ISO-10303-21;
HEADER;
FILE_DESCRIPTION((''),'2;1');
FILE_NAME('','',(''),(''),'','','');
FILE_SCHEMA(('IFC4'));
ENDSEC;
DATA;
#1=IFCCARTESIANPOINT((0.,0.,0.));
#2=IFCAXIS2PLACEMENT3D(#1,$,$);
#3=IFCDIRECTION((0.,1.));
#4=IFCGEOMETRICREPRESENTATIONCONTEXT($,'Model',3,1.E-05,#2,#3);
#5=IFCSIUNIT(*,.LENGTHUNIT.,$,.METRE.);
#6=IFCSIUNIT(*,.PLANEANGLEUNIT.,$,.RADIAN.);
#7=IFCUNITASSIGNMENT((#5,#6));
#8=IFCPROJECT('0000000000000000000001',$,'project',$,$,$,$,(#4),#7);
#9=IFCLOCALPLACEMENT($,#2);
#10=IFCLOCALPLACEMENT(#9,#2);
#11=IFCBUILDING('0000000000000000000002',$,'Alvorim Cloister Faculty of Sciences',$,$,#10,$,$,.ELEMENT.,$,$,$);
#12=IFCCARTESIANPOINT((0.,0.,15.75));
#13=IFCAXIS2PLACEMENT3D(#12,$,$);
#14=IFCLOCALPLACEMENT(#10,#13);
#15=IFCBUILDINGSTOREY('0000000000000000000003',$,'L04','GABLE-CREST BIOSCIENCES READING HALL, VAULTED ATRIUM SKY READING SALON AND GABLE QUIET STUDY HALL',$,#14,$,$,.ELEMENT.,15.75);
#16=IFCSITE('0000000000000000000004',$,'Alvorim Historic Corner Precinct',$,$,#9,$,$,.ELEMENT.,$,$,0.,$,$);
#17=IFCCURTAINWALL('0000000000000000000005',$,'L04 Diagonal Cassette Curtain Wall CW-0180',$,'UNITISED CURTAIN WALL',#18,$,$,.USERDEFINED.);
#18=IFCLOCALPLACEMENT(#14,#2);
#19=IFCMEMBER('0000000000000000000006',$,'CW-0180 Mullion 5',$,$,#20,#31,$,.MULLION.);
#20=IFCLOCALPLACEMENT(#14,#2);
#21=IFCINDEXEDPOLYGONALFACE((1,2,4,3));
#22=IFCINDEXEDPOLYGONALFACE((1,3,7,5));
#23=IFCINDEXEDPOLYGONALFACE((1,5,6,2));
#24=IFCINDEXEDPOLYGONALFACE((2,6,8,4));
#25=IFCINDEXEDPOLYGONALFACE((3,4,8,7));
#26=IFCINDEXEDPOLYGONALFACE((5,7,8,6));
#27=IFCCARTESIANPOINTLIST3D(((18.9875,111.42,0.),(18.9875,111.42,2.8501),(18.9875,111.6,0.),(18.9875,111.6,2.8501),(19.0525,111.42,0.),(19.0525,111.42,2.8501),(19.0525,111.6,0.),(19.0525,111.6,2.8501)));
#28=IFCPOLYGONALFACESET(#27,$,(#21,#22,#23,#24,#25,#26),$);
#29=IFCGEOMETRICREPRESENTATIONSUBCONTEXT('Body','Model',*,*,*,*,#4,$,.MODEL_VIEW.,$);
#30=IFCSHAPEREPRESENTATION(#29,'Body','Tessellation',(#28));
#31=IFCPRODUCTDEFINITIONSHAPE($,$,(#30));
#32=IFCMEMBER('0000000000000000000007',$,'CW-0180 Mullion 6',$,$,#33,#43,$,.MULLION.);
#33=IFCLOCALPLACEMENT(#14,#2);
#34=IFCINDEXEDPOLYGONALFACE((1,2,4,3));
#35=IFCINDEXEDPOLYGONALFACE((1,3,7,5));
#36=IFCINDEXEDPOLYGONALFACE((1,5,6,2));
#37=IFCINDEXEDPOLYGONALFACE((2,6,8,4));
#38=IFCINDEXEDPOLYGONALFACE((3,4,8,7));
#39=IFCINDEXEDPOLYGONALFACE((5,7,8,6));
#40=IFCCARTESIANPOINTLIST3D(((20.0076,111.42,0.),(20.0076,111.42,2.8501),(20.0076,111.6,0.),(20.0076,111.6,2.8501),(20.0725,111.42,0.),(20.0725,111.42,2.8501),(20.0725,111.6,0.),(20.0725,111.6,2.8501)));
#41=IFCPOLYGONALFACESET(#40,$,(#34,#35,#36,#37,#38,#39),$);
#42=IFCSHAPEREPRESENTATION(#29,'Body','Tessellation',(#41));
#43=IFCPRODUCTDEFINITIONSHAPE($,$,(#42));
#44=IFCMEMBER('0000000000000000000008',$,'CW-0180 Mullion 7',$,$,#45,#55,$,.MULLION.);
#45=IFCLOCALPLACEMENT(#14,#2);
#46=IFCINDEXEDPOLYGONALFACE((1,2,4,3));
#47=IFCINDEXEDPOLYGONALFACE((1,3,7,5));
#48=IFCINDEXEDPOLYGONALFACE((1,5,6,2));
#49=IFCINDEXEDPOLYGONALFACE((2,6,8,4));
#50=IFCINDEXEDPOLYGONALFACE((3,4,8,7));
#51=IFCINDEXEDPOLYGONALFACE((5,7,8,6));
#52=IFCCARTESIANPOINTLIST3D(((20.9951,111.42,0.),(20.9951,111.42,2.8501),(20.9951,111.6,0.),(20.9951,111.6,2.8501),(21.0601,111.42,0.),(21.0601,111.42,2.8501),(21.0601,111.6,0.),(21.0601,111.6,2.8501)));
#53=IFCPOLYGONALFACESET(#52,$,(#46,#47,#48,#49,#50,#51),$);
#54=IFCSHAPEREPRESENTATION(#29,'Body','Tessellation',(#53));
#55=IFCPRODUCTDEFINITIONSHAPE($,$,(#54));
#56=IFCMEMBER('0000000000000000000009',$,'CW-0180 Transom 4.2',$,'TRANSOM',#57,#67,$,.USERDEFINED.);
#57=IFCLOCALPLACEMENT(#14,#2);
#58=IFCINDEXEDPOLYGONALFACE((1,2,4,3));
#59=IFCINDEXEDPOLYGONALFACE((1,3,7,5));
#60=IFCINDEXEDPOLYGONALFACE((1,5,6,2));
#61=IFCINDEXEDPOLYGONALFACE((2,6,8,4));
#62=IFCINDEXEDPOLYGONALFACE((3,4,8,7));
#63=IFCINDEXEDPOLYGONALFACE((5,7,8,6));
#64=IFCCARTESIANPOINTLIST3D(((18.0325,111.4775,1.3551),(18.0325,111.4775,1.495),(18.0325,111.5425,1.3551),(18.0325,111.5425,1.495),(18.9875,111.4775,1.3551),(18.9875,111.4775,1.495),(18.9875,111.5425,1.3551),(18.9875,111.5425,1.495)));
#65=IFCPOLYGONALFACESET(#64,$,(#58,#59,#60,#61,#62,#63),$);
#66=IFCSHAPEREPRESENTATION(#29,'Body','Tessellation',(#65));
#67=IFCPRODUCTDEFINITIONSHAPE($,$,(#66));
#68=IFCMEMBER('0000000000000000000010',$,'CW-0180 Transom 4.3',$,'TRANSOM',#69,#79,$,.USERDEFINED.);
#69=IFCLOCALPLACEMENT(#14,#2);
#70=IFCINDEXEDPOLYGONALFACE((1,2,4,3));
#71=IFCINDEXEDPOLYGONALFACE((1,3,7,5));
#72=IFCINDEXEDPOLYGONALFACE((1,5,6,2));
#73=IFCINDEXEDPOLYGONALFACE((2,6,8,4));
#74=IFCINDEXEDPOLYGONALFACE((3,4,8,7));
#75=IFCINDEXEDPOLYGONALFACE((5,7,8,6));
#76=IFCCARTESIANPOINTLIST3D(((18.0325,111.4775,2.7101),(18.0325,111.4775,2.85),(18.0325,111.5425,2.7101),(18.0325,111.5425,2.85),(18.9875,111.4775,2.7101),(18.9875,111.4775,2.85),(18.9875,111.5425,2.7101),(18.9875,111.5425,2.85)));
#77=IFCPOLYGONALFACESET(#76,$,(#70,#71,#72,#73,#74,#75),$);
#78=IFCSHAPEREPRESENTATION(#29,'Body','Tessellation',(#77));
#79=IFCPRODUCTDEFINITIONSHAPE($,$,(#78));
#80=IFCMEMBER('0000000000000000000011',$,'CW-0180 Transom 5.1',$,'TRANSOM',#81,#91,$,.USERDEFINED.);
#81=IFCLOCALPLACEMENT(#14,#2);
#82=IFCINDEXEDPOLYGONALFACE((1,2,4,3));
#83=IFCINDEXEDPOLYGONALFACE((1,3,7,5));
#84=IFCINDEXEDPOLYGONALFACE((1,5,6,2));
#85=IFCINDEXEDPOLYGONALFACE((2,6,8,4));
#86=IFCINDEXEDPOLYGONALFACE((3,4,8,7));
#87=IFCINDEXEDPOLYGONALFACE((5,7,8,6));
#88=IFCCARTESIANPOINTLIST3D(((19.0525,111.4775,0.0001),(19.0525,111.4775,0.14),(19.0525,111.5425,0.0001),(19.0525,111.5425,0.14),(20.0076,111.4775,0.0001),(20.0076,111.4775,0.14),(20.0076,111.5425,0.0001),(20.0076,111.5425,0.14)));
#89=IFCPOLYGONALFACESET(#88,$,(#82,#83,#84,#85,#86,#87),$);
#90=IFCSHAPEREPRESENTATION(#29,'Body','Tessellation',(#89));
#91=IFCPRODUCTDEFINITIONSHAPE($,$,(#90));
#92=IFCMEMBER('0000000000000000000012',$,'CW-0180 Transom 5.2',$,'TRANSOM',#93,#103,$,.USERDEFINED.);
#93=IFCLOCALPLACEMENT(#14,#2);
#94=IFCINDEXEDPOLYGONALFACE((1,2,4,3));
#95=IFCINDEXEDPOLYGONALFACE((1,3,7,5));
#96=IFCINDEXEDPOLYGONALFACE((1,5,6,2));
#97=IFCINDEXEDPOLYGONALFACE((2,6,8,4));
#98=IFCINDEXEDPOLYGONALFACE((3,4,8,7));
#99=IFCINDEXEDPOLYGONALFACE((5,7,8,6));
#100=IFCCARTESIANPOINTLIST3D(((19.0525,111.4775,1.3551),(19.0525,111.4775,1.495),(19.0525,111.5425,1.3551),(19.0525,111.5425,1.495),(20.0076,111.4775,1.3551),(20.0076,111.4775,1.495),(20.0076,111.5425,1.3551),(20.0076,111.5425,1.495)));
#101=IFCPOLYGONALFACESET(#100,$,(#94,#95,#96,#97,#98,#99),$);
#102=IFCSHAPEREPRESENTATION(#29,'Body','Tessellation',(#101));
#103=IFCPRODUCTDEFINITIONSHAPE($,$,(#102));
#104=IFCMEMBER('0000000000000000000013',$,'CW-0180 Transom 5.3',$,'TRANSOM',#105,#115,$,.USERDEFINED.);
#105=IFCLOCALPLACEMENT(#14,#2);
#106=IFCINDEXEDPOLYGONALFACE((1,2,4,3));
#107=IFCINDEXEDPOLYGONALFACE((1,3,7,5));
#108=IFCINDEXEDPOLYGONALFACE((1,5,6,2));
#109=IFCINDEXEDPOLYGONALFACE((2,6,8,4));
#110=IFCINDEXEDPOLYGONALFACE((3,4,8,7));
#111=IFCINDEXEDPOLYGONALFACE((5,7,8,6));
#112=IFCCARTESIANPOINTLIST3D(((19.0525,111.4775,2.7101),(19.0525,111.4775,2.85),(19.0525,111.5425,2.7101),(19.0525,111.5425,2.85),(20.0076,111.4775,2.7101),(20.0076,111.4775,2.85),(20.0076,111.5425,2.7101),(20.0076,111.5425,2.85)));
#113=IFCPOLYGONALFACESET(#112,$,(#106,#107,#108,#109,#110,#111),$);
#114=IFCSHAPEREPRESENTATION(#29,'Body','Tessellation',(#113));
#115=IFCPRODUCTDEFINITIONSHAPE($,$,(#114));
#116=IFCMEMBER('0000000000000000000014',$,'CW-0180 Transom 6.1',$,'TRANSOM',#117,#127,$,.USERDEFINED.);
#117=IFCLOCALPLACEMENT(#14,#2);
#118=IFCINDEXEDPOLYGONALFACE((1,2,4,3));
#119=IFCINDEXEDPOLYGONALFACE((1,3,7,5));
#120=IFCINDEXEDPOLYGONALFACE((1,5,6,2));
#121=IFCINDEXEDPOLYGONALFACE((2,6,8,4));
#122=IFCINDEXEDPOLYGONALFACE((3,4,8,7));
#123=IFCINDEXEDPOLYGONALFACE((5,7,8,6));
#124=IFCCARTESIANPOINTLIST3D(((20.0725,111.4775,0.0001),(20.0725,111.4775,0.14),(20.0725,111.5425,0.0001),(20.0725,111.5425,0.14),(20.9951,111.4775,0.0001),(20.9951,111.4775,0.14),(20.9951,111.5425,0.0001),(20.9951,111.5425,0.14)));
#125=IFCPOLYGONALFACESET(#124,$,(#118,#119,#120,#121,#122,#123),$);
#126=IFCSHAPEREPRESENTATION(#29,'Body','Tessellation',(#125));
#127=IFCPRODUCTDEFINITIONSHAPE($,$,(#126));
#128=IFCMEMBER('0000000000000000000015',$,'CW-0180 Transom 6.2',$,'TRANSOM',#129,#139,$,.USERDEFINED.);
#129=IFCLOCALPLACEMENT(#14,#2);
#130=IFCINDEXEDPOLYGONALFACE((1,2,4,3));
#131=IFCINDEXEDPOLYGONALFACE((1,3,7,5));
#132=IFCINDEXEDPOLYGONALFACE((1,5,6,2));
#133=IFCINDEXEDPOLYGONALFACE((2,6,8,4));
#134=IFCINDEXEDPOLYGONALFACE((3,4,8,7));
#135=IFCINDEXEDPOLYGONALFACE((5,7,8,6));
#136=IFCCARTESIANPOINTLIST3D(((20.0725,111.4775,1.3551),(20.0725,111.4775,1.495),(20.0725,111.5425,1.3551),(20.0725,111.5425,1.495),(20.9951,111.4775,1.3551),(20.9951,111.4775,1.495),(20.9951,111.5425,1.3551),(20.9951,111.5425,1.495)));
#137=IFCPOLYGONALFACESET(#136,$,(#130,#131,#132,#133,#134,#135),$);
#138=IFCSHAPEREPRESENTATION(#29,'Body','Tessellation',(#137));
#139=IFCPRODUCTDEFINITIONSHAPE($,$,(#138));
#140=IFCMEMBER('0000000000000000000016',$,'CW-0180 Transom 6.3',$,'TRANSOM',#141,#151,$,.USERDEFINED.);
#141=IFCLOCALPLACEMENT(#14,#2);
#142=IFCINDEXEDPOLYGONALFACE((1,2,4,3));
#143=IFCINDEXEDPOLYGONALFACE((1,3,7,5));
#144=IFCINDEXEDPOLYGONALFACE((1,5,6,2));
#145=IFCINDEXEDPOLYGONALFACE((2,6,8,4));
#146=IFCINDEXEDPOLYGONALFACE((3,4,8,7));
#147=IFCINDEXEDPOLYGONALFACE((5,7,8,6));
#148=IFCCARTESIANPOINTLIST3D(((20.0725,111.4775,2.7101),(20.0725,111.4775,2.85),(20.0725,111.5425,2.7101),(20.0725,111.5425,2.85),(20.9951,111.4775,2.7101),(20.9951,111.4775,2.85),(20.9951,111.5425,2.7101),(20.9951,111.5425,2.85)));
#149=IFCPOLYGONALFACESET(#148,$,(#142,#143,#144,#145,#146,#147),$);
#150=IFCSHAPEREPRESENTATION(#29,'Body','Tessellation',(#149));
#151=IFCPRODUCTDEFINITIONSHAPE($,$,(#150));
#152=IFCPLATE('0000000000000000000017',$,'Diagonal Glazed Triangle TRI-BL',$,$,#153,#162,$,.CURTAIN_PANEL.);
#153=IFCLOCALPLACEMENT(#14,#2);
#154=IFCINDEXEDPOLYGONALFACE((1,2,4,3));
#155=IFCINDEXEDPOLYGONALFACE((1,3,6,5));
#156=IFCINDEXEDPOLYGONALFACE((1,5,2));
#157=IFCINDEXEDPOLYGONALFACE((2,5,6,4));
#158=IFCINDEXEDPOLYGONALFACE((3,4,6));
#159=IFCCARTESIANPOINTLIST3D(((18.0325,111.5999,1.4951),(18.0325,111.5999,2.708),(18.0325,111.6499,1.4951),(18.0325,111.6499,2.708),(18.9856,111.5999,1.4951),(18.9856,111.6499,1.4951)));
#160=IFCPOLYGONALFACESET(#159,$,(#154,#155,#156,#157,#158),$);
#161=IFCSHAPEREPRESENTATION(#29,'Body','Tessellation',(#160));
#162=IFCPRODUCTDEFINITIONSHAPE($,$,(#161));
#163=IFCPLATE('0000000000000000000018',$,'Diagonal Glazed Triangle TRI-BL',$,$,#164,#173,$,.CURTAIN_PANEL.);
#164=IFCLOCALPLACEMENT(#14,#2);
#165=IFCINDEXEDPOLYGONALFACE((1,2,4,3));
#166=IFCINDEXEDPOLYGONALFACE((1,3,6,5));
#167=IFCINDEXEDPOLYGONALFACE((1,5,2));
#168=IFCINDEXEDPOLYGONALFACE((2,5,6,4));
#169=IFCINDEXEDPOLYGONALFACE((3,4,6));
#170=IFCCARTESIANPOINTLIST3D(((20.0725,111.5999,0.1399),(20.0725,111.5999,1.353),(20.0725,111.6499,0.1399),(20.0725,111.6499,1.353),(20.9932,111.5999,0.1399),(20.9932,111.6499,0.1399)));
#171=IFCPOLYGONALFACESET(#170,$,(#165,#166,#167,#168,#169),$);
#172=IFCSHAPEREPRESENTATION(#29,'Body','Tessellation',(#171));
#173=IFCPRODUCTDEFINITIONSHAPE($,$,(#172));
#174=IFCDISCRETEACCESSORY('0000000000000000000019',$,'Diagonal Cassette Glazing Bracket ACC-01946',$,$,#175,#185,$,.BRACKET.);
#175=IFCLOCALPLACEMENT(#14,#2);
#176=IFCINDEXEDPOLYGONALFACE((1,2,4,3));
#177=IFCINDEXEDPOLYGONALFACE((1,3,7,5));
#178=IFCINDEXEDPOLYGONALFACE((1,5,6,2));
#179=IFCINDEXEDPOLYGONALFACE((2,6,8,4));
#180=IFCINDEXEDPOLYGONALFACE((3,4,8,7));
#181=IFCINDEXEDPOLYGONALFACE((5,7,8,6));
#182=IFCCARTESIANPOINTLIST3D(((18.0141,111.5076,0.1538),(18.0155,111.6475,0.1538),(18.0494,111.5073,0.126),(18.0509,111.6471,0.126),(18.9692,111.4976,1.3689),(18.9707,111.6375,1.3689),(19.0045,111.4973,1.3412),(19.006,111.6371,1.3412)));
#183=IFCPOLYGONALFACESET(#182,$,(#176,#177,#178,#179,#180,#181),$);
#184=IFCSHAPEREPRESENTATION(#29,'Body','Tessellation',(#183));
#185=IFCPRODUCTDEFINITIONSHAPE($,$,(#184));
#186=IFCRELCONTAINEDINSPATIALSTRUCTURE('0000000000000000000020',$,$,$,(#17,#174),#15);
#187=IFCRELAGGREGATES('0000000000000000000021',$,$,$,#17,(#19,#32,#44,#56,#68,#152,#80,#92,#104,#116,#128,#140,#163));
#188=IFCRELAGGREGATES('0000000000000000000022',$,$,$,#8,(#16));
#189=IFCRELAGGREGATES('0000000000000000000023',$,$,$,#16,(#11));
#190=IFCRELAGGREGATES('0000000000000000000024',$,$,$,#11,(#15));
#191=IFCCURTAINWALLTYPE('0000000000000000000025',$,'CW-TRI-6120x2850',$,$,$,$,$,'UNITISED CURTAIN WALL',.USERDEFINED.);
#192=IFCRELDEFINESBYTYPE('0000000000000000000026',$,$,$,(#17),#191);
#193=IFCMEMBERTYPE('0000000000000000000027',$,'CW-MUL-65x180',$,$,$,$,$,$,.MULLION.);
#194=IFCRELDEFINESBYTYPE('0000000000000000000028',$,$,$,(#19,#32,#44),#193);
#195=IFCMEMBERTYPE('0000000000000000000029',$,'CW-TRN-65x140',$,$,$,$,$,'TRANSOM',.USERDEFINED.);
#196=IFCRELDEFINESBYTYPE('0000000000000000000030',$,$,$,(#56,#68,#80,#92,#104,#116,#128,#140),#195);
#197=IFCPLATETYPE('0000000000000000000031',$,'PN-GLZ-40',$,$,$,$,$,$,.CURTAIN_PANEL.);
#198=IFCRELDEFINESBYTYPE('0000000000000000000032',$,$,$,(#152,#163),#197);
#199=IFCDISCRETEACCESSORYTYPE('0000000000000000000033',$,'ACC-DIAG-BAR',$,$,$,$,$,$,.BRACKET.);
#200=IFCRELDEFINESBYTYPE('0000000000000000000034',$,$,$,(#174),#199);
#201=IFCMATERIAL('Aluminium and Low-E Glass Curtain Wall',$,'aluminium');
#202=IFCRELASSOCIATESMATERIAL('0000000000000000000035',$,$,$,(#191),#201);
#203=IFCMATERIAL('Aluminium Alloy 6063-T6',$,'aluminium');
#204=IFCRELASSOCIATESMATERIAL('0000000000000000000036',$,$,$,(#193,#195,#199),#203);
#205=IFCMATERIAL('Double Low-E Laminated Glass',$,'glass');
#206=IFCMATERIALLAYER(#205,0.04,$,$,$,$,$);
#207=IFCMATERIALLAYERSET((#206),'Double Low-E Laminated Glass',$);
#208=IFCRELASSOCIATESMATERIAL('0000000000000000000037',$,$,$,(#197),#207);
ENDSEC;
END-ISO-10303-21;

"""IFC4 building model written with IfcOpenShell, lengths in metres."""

from ifc_helpers import new_model, si_unit, direction, frame, origin, origin_2d, place, context, subcontext, project, spatial, polyline, rectangle, outline, extrude, material, layer, layer_set, material_profile, profile_set, type_object, element, aggregate, save


model = new_model("IFC4")

# Units and contexts
model_context = context("Model", 3, precision=1e-05, world=origin(), true_north=direction((0.0, 1.0)))
body_context = subcontext(model_context, "Body", "Model", "MODEL_VIEW")
ifc_project = project(units=[si_unit("LENGTHUNIT", "METRE"), si_unit("PLANEANGLEUNIT", "RADIAN")], contexts=[model_context])

# Site, building, storey
site_placement = place(None, origin())
site = spatial("IfcSite", under=ifc_project, at=site_placement, Name="Alvorim Historic Corner Precinct", CompositionType="ELEMENT", RefElevation=0.0)
building_placement = place(site_placement, origin())
building = spatial("IfcBuilding", under=site, at=building_placement, Name="Alvorim Cloister Faculty of Sciences", CompositionType="ELEMENT")
storey_placement = place(building_placement, frame((0.0, 0.0, 15.75)))
storey = spatial("IfcBuildingStorey", under=building, at=storey_placement, Name="L04", Description="GABLE-CREST BIOSCIENCES READING HALL, VAULTED ATRIUM SKY READING SALON AND GABLE QUIET STUDY HALL", CompositionType="ELEMENT", Elevation=15.75)

# Curtain wall, members, plates
ifc_material_1 = material(Name="Aluminium and Low-E Glass Curtain Wall", Category="aluminium")
curtain_wall_type = type_object("IfcCurtainWallType", Name="CW-TRI-6120x2850", ElementType="UNITISED CURTAIN WALL", PredefinedType="USERDEFINED", material=ifc_material_1)
curtain_wall_placement = place(storey_placement, origin())
curtain_wall = element("IfcCurtainWall", 1, at=curtain_wall_placement, inside=storey, type_object=curtain_wall_type, Name="L04 Diagonal Cassette Curtain Wall CW-0180", ObjectType="UNITISED CURTAIN WALL", PredefinedType="USERDEFINED")
ifc_material_2 = material(Name="Aluminium Alloy 6063-T6", Category="aluminium")
ifc_material_profile_1 = material_profile(ifc_material_2, rectangle(XDim=0.0649, YDim=0.1799, at=origin_2d()), Name="ALU-MUL-65x180")
ifc_profile_set_1 = profile_set([ifc_material_profile_1], Name="Aluminium Alloy 6063-T6")
member_type_1 = type_object("IfcMemberType", Name="CW-MUL-65x180", PredefinedType="MULLION", material=ifc_profile_set_1)
member_1_placement = place(storey_placement, frame((19.02, 111.51, 0.0), z_axis=(0.0, 0.0, 1.0), x_axis=(1.0, 0.0, 0.0)))
member_1 = element("IfcMember", 2, at=member_1_placement, type_object=member_type_1, Name="CW-0180 Mullion 5", PredefinedType="MULLION", context=body_context, shape_type="SweptSolid", body=[
    extrude(rectangle(XDim=0.0649, YDim=0.1799, at=origin_2d()), origin(), (0.0, 0.0, 1.0), 2.8501),
])
member_2_placement = place(storey_placement, frame((20.04, 111.51, 0.0), z_axis=(0.0, 0.0, 1.0), x_axis=(1.0, 0.0, 0.0)))
member_2 = element("IfcMember", 3, at=member_2_placement, type_object=member_type_1, Name="CW-0180 Mullion 6", PredefinedType="MULLION", context=body_context, shape_type="SweptSolid", body=[
    extrude(rectangle(XDim=0.0649, YDim=0.1799, at=origin_2d()), origin(), (0.0, 0.0, 1.0), 2.8501),
])
member_3_placement = place(storey_placement, frame((21.0276, 111.51, 0.0), z_axis=(0.0, 0.0, 1.0), x_axis=(1.0, 0.0, 0.0)))
member_3 = element("IfcMember", 4, at=member_3_placement, type_object=member_type_1, Name="CW-0180 Mullion 7", PredefinedType="MULLION", context=body_context, shape_type="SweptSolid", body=[
    extrude(rectangle(XDim=0.0649, YDim=0.1799, at=origin_2d()), origin(), (0.0, 0.0, 1.0), 2.8501),
])
ifc_material_profile_2 = material_profile(ifc_material_2, rectangle(XDim=0.0649, YDim=0.1399, at=origin_2d()), Name="ALU-TRN-65x140")
ifc_profile_set_2 = profile_set([ifc_material_profile_2], Name="Aluminium Alloy 6063-T6")
member_type_2 = type_object("IfcMemberType", Name="CW-TRN-65x140", ElementType="TRANSOM", PredefinedType="USERDEFINED", material=ifc_profile_set_2)
member_4_placement = place(storey_placement, frame((18.0325, 111.51, 1.425), z_axis=(1.0, 0.0, 0.0), x_axis=(0.0, 1.0, 0.0)))
member_4 = element("IfcMember", 5, at=member_4_placement, type_object=member_type_2, Name="CW-0180 Transom 4.2", ObjectType="TRANSOM", PredefinedType="USERDEFINED", context=body_context, shape_type="SweptSolid", body=[
    extrude(rectangle(XDim=0.0649, YDim=0.1399, at=origin_2d()), origin(), (0.0, 0.0, 1.0), 0.9551),
])
member_5_placement = place(storey_placement, frame((18.0325, 111.51, 2.78), z_axis=(1.0, 0.0, 0.0), x_axis=(0.0, 1.0, 0.0)))
member_5 = element("IfcMember", 6, at=member_5_placement, type_object=member_type_2, Name="CW-0180 Transom 4.3", ObjectType="TRANSOM", PredefinedType="USERDEFINED", context=body_context, shape_type="SweptSolid", body=[
    extrude(rectangle(XDim=0.0649, YDim=0.1399, at=origin_2d()), origin(), (0.0, 0.0, 1.0), 0.9551),
])
member_6_placement = place(storey_placement, frame((19.0525, 111.51, 0.0701), z_axis=(1.0, 0.0, 0.0), x_axis=(0.0, 1.0, 0.0)))
member_6 = element("IfcMember", 7, at=member_6_placement, type_object=member_type_2, Name="CW-0180 Transom 5.1", ObjectType="TRANSOM", PredefinedType="USERDEFINED", context=body_context, shape_type="SweptSolid", body=[
    extrude(rectangle(XDim=0.0649, YDim=0.1399, at=origin_2d()), origin(), (0.0, 0.0, 1.0), 0.9551),
])
member_7_placement = place(storey_placement, frame((19.0525, 111.51, 1.425), z_axis=(1.0, 0.0, 0.0), x_axis=(0.0, 1.0, 0.0)))
member_7 = element("IfcMember", 8, at=member_7_placement, type_object=member_type_2, Name="CW-0180 Transom 5.2", ObjectType="TRANSOM", PredefinedType="USERDEFINED", context=body_context, shape_type="SweptSolid", body=[
    extrude(rectangle(XDim=0.0649, YDim=0.1399, at=origin_2d()), origin(), (0.0, 0.0, 1.0), 0.9551),
])
member_8_placement = place(storey_placement, frame((19.0525, 111.51, 2.78), z_axis=(1.0, 0.0, 0.0), x_axis=(0.0, 1.0, 0.0)))
member_8 = element("IfcMember", 9, at=member_8_placement, type_object=member_type_2, Name="CW-0180 Transom 5.3", ObjectType="TRANSOM", PredefinedType="USERDEFINED", context=body_context, shape_type="SweptSolid", body=[
    extrude(rectangle(XDim=0.0649, YDim=0.1399, at=origin_2d()), origin(), (0.0, 0.0, 1.0), 0.9551),
])
member_9_placement = place(storey_placement, frame((20.0725, 111.51, 0.0701), z_axis=(1.0, 0.0, 0.0), x_axis=(0.0, 1.0, 0.0)))
member_9 = element("IfcMember", 10, at=member_9_placement, type_object=member_type_2, Name="CW-0180 Transom 6.1", ObjectType="TRANSOM", PredefinedType="USERDEFINED", context=body_context, shape_type="SweptSolid", body=[
    extrude(rectangle(XDim=0.0649, YDim=0.1399, at=origin_2d()), origin(), (0.0, 0.0, 1.0), 0.9226),
])
member_10_placement = place(storey_placement, frame((20.0725, 111.51, 1.425), z_axis=(1.0, 0.0, 0.0), x_axis=(0.0, 1.0, 0.0)))
member_10 = element("IfcMember", 11, at=member_10_placement, type_object=member_type_2, Name="CW-0180 Transom 6.2", ObjectType="TRANSOM", PredefinedType="USERDEFINED", context=body_context, shape_type="SweptSolid", body=[
    extrude(rectangle(XDim=0.0649, YDim=0.1399, at=origin_2d()), origin(), (0.0, 0.0, 1.0), 0.9226),
])
member_11_placement = place(storey_placement, frame((20.0725, 111.51, 2.78), z_axis=(1.0, 0.0, 0.0), x_axis=(0.0, 1.0, 0.0)))
member_11 = element("IfcMember", 12, at=member_11_placement, type_object=member_type_2, Name="CW-0180 Transom 6.3", ObjectType="TRANSOM", PredefinedType="USERDEFINED", context=body_context, shape_type="SweptSolid", body=[
    extrude(rectangle(XDim=0.0649, YDim=0.1399, at=origin_2d()), origin(), (0.0, 0.0, 1.0), 0.9226),
])
ifc_material_3 = material(Name="Double Low-E Laminated Glass", Category="glass")
ifc_layer = layer(ifc_material_3, 0.04)
ifc_layer_set = layer_set([ifc_layer], Name="Double Low-E Laminated Glass")
plate_type = type_object("IfcPlateType", Name="PN-GLZ-40", PredefinedType="CURTAIN_PANEL", material=ifc_layer_set)
plate_1_placement = place(storey_placement, frame((18.0325, 111.625, 1.4951), z_axis=(0.0, 0.0, 1.0), x_axis=(1.0, 0.0, 0.0)))
plate_1 = element("IfcPlate", 13, at=plate_1_placement, type_object=plate_type, Name="Diagonal Glazed Triangle TRI-BL", PredefinedType="CURTAIN_PANEL", context=body_context, shape_type="SweptSolid", body=[
    extrude(outline(polyline([(0.0, 0.0), (0.9531, 0.0), (0.0, 1.2129), (0.0, 0.0)])), frame((0.0, 0.0249, 0.0), z_axis=(0.0, -1.0, 0.0), x_axis=(1.0, 0.0, 0.0)), (0.0, 0.0, 1.0), 0.05),
])
plate_2_placement = place(storey_placement, frame((20.0725, 111.625, 0.1399), z_axis=(0.0, 0.0, 1.0), x_axis=(1.0, 0.0, 0.0)))
plate_2 = element("IfcPlate", 14, at=plate_2_placement, type_object=plate_type, Name="Diagonal Glazed Triangle TRI-BL", PredefinedType="CURTAIN_PANEL", context=body_context, shape_type="SweptSolid", body=[
    extrude(outline(polyline([(0.0, 0.0), (0.9207, 0.0), (0.0, 1.2131), (0.0, 0.0)])), frame((0.0, 0.0249, 0.0), z_axis=(0.0, -1.0, 0.0), x_axis=(1.0, 0.0, 0.0)), (0.0, 0.0, 1.0), 0.05),
])
aggregate(curtain_wall, [member_1, member_2, member_3, member_4, member_5, plate_1, member_6, member_7, member_8, member_9, member_10, member_11, plate_2])

# Discrete accessory
discrete_accessory_type = type_object("IfcDiscreteAccessoryType", Name="ACC-DIAG-BAR", PredefinedType="BRACKET", material=ifc_material_2)
discrete_accessory_1_placement = place(storey_placement, frame((18.0325, 111.5774, 0.1399), z_axis=(0.617955, -0.006477, 0.786187), x_axis=(0.01048, 0.999945, 0.0)))
element("IfcDiscreteAccessory", 15, at=discrete_accessory_1_placement, inside=storey, type_object=discrete_accessory_type, Name="Diagonal Cassette Glazing Bracket ACC-01946", PredefinedType="BRACKET", context=body_context, shape_type="SweptSolid", body=[
    extrude(rectangle(XDim=0.1399, YDim=0.0449, at=origin_2d()), origin(), (0.0, 0.0, 1.0), 1.5457),
])

save(model, "model.ifc")
